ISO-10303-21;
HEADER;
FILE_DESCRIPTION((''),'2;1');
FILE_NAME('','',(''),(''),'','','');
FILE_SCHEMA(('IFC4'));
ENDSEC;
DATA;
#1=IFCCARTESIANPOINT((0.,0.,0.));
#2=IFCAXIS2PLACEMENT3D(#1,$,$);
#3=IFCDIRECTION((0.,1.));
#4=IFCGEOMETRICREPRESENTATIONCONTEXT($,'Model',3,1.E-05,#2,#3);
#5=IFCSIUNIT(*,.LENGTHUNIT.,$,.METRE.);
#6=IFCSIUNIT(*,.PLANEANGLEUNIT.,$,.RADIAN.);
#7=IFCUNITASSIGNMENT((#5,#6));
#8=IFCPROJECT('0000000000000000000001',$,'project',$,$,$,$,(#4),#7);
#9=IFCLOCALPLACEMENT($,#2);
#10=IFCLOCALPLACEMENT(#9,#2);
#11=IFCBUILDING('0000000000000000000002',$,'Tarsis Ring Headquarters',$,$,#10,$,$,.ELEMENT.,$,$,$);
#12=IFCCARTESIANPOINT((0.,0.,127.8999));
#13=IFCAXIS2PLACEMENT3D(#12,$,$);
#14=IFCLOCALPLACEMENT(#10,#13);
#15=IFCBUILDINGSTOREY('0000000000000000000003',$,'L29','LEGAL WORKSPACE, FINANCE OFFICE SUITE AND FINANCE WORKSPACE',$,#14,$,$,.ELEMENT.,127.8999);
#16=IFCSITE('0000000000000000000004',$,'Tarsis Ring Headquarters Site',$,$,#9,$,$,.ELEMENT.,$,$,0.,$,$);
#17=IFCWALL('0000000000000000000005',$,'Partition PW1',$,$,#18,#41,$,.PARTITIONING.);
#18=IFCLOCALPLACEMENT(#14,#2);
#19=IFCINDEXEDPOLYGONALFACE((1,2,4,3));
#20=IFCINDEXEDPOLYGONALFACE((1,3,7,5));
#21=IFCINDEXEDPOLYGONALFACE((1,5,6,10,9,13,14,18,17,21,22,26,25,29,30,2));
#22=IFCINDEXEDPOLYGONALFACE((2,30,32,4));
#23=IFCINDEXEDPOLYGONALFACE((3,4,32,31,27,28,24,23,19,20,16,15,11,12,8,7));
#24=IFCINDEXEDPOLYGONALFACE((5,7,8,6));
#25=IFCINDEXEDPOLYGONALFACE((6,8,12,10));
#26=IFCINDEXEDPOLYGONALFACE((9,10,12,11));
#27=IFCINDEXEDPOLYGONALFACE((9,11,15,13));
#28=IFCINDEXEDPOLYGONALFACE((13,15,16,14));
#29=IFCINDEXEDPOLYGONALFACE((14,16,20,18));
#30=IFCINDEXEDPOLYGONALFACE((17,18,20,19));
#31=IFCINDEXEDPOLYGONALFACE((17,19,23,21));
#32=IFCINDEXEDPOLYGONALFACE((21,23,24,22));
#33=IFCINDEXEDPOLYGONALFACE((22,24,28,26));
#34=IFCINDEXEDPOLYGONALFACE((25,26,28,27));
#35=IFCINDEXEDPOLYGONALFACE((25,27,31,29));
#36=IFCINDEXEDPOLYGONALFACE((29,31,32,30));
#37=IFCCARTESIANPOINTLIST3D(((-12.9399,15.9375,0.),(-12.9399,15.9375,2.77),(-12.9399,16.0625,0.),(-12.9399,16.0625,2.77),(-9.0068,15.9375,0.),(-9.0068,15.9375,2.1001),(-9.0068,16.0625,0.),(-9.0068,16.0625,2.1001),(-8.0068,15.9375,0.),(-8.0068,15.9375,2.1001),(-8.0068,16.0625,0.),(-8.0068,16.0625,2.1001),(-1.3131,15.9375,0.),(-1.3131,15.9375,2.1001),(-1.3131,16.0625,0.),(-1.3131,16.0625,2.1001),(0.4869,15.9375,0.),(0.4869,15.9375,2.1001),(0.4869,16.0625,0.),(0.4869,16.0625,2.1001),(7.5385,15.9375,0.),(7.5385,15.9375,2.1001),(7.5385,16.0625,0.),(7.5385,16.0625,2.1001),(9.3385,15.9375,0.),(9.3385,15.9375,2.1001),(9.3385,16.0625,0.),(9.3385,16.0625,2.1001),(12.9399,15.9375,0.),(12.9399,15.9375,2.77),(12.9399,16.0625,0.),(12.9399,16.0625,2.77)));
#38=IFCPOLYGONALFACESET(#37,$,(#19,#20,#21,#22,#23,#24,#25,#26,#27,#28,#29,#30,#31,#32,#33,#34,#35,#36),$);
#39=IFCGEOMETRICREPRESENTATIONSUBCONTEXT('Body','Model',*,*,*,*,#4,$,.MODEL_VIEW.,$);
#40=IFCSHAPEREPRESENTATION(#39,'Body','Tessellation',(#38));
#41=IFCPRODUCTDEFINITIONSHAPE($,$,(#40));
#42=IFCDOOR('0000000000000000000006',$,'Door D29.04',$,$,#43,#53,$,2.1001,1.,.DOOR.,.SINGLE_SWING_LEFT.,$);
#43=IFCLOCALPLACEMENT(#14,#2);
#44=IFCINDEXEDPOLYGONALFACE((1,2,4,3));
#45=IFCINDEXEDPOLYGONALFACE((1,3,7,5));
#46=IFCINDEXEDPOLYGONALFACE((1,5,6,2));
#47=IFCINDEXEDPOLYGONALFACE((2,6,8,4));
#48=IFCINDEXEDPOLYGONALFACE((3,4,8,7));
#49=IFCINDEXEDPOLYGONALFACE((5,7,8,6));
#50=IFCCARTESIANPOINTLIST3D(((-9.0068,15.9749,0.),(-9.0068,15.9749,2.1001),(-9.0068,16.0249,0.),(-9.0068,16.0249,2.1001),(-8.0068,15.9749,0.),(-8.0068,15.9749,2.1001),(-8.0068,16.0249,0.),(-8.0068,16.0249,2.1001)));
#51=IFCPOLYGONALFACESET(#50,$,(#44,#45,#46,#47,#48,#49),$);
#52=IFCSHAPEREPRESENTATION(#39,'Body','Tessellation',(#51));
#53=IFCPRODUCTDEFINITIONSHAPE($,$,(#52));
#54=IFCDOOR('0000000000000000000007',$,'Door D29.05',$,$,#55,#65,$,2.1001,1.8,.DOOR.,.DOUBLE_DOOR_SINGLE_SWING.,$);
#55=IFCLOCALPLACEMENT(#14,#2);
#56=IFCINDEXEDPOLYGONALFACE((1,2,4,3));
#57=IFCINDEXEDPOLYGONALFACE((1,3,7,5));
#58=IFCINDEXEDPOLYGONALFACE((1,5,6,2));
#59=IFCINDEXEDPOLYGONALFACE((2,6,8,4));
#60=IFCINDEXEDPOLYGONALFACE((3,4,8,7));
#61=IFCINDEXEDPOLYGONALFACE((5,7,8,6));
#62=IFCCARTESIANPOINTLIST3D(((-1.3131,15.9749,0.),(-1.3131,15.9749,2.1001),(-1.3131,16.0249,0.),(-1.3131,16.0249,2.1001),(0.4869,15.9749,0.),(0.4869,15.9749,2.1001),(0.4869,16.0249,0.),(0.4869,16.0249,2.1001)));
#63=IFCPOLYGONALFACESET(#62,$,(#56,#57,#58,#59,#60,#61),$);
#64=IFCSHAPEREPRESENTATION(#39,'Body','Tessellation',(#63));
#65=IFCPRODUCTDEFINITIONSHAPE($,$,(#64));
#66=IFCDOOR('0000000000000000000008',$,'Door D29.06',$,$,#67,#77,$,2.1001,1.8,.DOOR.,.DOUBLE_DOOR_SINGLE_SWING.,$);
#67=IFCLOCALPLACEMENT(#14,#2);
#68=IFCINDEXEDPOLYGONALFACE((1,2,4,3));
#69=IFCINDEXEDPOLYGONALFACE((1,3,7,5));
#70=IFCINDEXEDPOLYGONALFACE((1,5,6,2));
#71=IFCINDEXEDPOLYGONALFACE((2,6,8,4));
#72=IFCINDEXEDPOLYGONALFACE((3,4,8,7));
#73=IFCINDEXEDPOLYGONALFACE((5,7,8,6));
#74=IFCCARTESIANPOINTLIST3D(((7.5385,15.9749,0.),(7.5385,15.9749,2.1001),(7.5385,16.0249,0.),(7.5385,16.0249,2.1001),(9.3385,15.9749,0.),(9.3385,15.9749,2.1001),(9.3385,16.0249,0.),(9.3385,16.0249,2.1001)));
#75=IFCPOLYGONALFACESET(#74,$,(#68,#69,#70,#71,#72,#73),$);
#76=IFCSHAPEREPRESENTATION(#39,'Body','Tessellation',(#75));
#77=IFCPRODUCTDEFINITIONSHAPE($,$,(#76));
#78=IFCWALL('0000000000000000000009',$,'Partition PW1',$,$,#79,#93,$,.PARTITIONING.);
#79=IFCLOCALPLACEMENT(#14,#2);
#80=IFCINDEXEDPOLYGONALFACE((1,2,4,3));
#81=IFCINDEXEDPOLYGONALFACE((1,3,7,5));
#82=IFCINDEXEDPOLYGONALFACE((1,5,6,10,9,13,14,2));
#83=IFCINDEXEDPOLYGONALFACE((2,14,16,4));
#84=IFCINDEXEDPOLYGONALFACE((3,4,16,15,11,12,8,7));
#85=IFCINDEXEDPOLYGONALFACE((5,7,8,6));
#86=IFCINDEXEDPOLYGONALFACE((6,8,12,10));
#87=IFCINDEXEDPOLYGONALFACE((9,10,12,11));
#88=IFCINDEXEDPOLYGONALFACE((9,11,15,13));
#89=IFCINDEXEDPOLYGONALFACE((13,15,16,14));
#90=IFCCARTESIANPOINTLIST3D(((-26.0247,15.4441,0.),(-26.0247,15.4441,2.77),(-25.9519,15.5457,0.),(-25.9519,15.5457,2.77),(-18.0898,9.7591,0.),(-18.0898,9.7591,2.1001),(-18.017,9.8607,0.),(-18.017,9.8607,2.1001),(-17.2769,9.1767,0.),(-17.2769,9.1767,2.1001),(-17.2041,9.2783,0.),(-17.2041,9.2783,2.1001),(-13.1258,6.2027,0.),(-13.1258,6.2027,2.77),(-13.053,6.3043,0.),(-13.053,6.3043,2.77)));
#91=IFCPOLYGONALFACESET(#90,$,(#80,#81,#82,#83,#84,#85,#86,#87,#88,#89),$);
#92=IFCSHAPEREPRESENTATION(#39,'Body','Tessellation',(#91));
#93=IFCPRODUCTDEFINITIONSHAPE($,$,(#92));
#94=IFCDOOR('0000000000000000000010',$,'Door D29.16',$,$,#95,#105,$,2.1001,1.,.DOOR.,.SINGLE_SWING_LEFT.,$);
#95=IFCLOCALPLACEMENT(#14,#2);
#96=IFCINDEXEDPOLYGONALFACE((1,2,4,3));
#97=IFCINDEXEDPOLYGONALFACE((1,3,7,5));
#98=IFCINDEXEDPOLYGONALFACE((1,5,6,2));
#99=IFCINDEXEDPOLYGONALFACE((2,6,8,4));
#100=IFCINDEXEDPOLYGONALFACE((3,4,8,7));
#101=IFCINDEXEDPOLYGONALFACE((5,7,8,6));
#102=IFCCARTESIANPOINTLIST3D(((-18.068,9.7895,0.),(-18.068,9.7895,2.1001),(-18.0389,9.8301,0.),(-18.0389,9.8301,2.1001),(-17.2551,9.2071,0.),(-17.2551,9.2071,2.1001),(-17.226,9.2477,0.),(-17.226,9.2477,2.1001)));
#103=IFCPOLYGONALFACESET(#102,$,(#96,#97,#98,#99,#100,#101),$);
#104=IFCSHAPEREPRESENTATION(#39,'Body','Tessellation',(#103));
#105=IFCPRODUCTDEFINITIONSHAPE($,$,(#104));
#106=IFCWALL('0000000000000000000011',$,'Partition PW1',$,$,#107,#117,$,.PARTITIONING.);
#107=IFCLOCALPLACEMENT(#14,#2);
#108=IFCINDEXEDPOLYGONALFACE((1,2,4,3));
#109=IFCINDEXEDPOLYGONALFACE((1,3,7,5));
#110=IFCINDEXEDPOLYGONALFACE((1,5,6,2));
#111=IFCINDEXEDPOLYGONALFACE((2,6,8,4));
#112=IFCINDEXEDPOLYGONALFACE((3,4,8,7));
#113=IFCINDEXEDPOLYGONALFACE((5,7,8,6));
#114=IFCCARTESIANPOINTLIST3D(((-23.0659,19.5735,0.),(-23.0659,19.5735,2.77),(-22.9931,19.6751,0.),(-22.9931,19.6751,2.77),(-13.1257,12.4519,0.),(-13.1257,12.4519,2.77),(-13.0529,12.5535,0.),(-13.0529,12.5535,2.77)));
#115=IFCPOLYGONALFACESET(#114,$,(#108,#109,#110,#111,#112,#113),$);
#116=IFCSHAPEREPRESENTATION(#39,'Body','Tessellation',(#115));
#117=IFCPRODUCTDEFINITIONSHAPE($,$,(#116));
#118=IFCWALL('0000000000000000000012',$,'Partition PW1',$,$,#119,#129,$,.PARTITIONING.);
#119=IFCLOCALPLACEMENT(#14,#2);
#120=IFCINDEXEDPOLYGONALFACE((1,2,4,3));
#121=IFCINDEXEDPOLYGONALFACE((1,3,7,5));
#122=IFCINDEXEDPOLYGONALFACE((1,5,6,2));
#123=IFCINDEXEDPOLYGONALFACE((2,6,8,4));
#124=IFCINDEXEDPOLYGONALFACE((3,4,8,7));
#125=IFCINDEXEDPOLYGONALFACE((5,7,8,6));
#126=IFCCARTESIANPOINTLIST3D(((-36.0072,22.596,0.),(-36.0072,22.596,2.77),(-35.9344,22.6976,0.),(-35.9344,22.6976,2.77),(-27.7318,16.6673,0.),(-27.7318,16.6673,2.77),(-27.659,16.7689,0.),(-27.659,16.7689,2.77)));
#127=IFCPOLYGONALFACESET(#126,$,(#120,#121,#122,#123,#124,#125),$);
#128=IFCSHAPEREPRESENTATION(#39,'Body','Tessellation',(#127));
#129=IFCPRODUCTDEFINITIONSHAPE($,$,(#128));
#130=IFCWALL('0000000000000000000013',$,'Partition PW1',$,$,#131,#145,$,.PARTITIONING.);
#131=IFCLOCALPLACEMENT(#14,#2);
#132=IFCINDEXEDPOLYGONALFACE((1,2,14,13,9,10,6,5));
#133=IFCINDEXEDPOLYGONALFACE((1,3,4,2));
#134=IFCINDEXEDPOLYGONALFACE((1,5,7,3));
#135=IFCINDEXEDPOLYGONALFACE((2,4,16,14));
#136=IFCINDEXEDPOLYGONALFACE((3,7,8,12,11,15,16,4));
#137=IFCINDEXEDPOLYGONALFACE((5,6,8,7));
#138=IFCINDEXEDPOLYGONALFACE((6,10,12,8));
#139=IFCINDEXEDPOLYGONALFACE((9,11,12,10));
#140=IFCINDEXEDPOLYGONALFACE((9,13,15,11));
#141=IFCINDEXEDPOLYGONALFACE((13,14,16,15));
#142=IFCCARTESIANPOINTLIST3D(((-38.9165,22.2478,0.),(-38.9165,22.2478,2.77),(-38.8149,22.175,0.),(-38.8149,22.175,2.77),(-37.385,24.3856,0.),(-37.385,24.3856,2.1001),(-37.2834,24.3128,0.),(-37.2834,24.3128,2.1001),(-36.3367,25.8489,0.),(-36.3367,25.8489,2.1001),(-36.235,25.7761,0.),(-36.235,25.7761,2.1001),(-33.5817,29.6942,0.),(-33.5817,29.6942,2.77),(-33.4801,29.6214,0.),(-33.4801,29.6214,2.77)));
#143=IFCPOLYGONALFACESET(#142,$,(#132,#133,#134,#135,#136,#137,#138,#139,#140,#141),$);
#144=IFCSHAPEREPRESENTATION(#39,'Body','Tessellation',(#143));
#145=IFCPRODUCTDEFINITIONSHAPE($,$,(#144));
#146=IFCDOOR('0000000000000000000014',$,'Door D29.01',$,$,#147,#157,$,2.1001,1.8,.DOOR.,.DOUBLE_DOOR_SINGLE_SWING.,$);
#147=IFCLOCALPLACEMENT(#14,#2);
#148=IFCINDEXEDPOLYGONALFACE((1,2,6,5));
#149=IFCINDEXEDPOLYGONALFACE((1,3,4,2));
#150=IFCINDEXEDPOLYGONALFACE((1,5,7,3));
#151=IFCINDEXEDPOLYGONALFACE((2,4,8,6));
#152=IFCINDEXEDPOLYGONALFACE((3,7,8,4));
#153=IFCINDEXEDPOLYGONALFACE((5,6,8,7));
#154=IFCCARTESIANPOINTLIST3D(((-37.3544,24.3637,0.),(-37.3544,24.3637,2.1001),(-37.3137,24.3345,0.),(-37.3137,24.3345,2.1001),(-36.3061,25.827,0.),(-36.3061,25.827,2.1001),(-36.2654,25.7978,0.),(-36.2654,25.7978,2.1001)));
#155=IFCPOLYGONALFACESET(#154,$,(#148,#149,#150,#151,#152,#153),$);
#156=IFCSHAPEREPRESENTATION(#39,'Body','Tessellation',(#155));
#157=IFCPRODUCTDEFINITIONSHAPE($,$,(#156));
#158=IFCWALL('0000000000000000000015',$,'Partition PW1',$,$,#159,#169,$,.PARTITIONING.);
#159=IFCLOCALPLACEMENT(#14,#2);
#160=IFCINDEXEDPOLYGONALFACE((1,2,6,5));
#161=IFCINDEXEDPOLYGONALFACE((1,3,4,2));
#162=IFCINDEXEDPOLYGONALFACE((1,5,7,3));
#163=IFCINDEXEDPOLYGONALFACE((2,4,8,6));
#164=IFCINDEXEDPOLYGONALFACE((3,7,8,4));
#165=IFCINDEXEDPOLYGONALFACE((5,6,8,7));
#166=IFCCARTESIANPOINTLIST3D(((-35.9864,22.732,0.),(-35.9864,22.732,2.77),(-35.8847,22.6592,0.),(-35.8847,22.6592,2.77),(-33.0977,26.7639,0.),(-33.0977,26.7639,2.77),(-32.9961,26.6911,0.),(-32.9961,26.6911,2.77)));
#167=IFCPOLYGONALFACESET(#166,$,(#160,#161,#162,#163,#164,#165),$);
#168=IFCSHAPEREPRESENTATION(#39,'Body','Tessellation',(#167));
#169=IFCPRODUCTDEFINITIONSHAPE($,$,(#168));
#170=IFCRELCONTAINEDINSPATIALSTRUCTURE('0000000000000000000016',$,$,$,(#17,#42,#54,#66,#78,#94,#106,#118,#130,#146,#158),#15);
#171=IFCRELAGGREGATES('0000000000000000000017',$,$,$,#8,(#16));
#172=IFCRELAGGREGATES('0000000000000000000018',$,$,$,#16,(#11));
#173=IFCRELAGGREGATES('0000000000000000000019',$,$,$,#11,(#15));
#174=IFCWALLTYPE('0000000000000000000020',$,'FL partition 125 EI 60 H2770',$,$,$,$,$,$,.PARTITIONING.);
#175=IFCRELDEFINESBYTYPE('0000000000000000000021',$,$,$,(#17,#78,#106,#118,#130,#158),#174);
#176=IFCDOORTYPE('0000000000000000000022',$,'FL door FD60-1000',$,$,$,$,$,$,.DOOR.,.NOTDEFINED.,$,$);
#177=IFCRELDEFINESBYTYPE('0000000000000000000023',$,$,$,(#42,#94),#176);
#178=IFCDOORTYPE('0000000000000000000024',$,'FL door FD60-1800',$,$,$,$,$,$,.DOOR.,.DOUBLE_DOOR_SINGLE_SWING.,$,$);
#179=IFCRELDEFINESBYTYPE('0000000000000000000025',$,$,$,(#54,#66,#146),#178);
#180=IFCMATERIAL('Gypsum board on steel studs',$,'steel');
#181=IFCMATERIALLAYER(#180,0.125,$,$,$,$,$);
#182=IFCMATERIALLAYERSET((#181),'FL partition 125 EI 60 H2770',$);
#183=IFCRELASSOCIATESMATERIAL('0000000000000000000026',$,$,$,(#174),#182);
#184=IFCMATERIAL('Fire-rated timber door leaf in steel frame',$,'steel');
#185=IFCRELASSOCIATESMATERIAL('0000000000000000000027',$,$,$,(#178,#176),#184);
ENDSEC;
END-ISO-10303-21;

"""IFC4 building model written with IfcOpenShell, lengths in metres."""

from ifc_helpers import new_model, si_unit, direction, frame, frame_2d, origin, place, context, subcontext, project, spatial, rectangle, extrude, material, layer, layer_set, type_object, element, fill, save


model = new_model("IFC4")

# Units and contexts
model_context = context("Model", 3, precision=1e-05, world=origin(), true_north=direction((0.0, 1.0)))
body_context = subcontext(model_context, "Body", "Model", "MODEL_VIEW")
ifc_project = project(units=[si_unit("LENGTHUNIT", "METRE"), si_unit("PLANEANGLEUNIT", "RADIAN")], contexts=[model_context])

# Site, building, storey
site_placement = place(None, origin())
site = spatial("IfcSite", under=ifc_project, at=site_placement, Name="Tarsis Ring Headquarters Site", CompositionType="ELEMENT", RefElevation=0.0)
building_placement = place(site_placement, origin())
building = spatial("IfcBuilding", under=site, at=building_placement, Name="Tarsis Ring Headquarters", CompositionType="ELEMENT")
storey_placement = place(building_placement, frame((0.0, 0.0, 127.8999)))
storey = spatial("IfcBuildingStorey", under=building, at=storey_placement, Name="L29", Description="LEGAL WORKSPACE, FINANCE OFFICE SUITE AND FINANCE WORKSPACE", CompositionType="ELEMENT", Elevation=127.8999)

# Shared definitions
ifc_material_1 = material(Name="Gypsum board on steel studs", Category="steel")

# Shared definitions
ifc_layer_1 = layer(ifc_material_1, 0.125)
ifc_layer_set_1 = layer_set([ifc_layer_1], Name="FL partition 125 EI 60 H2770")
wall_type_1 = type_object("IfcWallType", Name="FL partition 125 EI 60 H2770", PredefinedType="PARTITIONING", material=ifc_layer_set_1)
ifc_material_2 = material(Name="Fire-rated timber door leaf in steel frame", Category="steel")
door_type_1 = type_object("IfcDoorType", Name="FL door FD60-1800", OperationType="DOUBLE_DOOR_SINGLE_SWING", PredefinedType="DOOR", material=ifc_material_2)

# Wall, openings, doors
wall_1_placement = place(storey_placement, frame((-12.9399, 16.0, 0.0), z_axis=(0.0, 0.0, 1.0), x_axis=(1.0, 0.0, 0.0)))
wall_1 = element("IfcWall", 1, at=wall_1_placement, inside=storey, type_object=wall_type_1, Name="Partition PW1", PredefinedType="PARTITIONING", context=body_context, shape_type="SweptSolid", body=[
    extrude(rectangle(XDim=25.8799, YDim=0.125, at=frame_2d((12.9399, 0.0))), origin(), (0.0, 0.0, 1.0), 2.77),
])
opening_1_placement = place(wall_1_placement, frame((3.9331, 0.0, 0.0)))
opening_1 = element("IfcOpeningElement", 2, at=opening_1_placement, cuts=wall_1, PredefinedType="OPENING", context=body_context, shape_type="SweptSolid", body=[
    extrude(rectangle(XDim=1.0, YDim=2.1001, at=frame_2d((0.5, 1.05))), frame((0.0, 0.0725, 0.0), z_axis=(0.0, -1.0, 0.0), x_axis=(1.0, 0.0, 0.0)), (0.0, 0.0, 1.0), 0.145),
])
opening_2_placement = place(wall_1_placement, frame((11.627, 0.0, 0.0)))
opening_2 = element("IfcOpeningElement", 3, at=opening_2_placement, cuts=wall_1, PredefinedType="OPENING", context=body_context, shape_type="SweptSolid", body=[
    extrude(rectangle(XDim=1.8, YDim=2.1001, at=frame_2d((0.8999, 1.05))), frame((0.0, 0.0725, 0.0), z_axis=(0.0, -1.0, 0.0), x_axis=(1.0, 0.0, 0.0)), (0.0, 0.0, 1.0), 0.145),
])
opening_3_placement = place(wall_1_placement, frame((20.4785, 0.0, 0.0)))
opening_3 = element("IfcOpeningElement", 4, at=opening_3_placement, cuts=wall_1, PredefinedType="OPENING", context=body_context, shape_type="SweptSolid", body=[
    extrude(rectangle(XDim=1.8, YDim=2.1001, at=frame_2d((0.8999, 1.05))), frame((0.0, 0.0725, 0.0), z_axis=(0.0, -1.0, 0.0), x_axis=(1.0, 0.0, 0.0)), (0.0, 0.0, 1.0), 0.145),
])
door_type_2 = type_object("IfcDoorType", Name="FL door FD60-1000", OperationType="NOTDEFINED", PredefinedType="DOOR", material=ifc_material_2)
door_1_placement = place(opening_1_placement, origin())
door_1 = element("IfcDoor", 5, at=door_1_placement, inside=storey, type_object=door_type_2, Name="Door D29.04", OperationType="SINGLE_SWING_LEFT", OverallHeight=2.1001, OverallWidth=1.0, PredefinedType="DOOR", context=body_context, shape_type="SweptSolid", body=[
    extrude(rectangle(XDim=1.0, YDim=2.1001, at=frame_2d((0.5, 1.05))), frame((0.0, 0.0249, 0.0), z_axis=(0.0, -1.0, 0.0), x_axis=(1.0, 0.0, 0.0)), (0.0, 0.0, 1.0), 0.05),
])
fill(opening_1, door_1)
door_2_placement = place(opening_2_placement, origin())
door_2 = element("IfcDoor", 6, at=door_2_placement, inside=storey, type_object=door_type_1, Name="Door D29.05", OperationType="DOUBLE_DOOR_SINGLE_SWING", OverallHeight=2.1001, OverallWidth=1.8, PredefinedType="DOOR", context=body_context, shape_type="SweptSolid", body=[
    extrude(rectangle(XDim=1.8, YDim=2.1001, at=frame_2d((0.8999, 1.05))), frame((0.0, 0.0249, 0.0), z_axis=(0.0, -1.0, 0.0), x_axis=(1.0, 0.0, 0.0)), (0.0, 0.0, 1.0), 0.05),
])
fill(opening_2, door_2)
door_3_placement = place(opening_3_placement, origin())
door_3 = element("IfcDoor", 7, at=door_3_placement, inside=storey, type_object=door_type_1, Name="Door D29.06", OperationType="DOUBLE_DOOR_SINGLE_SWING", OverallHeight=2.1001, OverallWidth=1.8, PredefinedType="DOOR", context=body_context, shape_type="SweptSolid", body=[
    extrude(rectangle(XDim=1.8, YDim=2.1001, at=frame_2d((0.8999, 1.05))), frame((0.0, 0.0249, 0.0), z_axis=(0.0, -1.0, 0.0), x_axis=(1.0, 0.0, 0.0)), (0.0, 0.0, 1.0), 0.05),
])
fill(opening_3, door_3)

# Wall, opening, door
wall_2_placement = place(storey_placement, frame((-25.9883, 15.4949, 0.0), z_axis=(0.0, 0.0, 1.0), x_axis=(0.8129, -0.582403, 0.0)))
wall_2 = element("IfcWall", 8, at=wall_2_placement, inside=storey, type_object=wall_type_1, Name="Partition PW1", PredefinedType="PARTITIONING", context=body_context, shape_type="SweptSolid", body=[
    extrude(rectangle(XDim=15.8677, YDim=0.125, at=frame_2d((7.9338, 0.0))), origin(), (0.0, 0.0, 1.0), 2.77),
])
opening_4_placement = place(wall_2_placement, frame((9.7612, 0.0, 0.0)))
opening_4 = element("IfcOpeningElement", 9, at=opening_4_placement, cuts=wall_2, PredefinedType="OPENING", context=body_context, shape_type="SweptSolid", body=[
    extrude(rectangle(XDim=1.0, YDim=2.1001, at=frame_2d((0.5, 1.05))), frame((0.0, 0.0725, 0.0), z_axis=(0.0, -1.0, 0.0), x_axis=(1.0, 0.0, 0.0)), (0.0, 0.0, 1.0), 0.145),
])
door_4_placement = place(opening_4_placement, origin())
door_4 = element("IfcDoor", 10, at=door_4_placement, inside=storey, type_object=door_type_2, Name="Door D29.16", OperationType="SINGLE_SWING_LEFT", OverallHeight=2.1001, OverallWidth=1.0, PredefinedType="DOOR", context=body_context, shape_type="SweptSolid", body=[
    extrude(rectangle(XDim=1.0, YDim=2.1001, at=frame_2d((0.5, 1.05))), frame((0.0, 0.0249, 0.0), z_axis=(0.0, -1.0, 0.0), x_axis=(1.0, 0.0, 0.0)), (0.0, 0.0, 1.0), 0.05),
])
fill(opening_4, door_4)

# Walls
wall_3_placement = place(storey_placement, frame((-23.0295, 19.6243, 0.0), z_axis=(0.0, 0.0, 1.0), x_axis=(0.812903, -0.582399, 0.0)))
element("IfcWall", 11, at=wall_3_placement, inside=storey, type_object=wall_type_1, Name="Partition PW1", PredefinedType="PARTITIONING", context=body_context, shape_type="SweptSolid", body=[
    extrude(rectangle(XDim=12.228, YDim=0.125, at=frame_2d((6.114, 0.0))), origin(), (0.0, 0.0, 1.0), 2.77),
])
wall_4_placement = place(storey_placement, frame((-35.9707, 22.6467, 0.0), z_axis=(0.0, 0.0, 1.0), x_axis=(0.812909, -0.58239, 0.0)))
element("IfcWall", 12, at=wall_4_placement, inside=storey, type_object=wall_type_1, Name="Partition PW1", PredefinedType="PARTITIONING", context=body_context, shape_type="SweptSolid", body=[
    extrude(rectangle(XDim=10.1799, YDim=0.125, at=frame_2d((5.0898, 0.0))), origin(), (0.0, 0.0, 1.0), 2.77),
])

# Wall, opening, door
wall_5_placement = place(storey_placement, frame((-38.8657, 22.2114, 0.0), z_axis=(0.0, 0.0, 1.0), x_axis=(0.58239, 0.81291, 0.0)))
wall_5 = element("IfcWall", 13, at=wall_5_placement, inside=storey, type_object=wall_type_1, Name="Partition PW1", PredefinedType="PARTITIONING", context=body_context, shape_type="SweptSolid", body=[
    extrude(rectangle(XDim=9.1602, YDim=0.125, at=frame_2d((4.5801, 0.0))), origin(), (0.0, 0.0, 1.0), 2.77),
])
opening_5_placement = place(wall_5_placement, frame((2.6299, 0.0, 0.0)))
opening_5 = element("IfcOpeningElement", 14, at=opening_5_placement, cuts=wall_5, PredefinedType="OPENING", context=body_context, shape_type="SweptSolid", body=[
    extrude(rectangle(XDim=1.8, YDim=2.1001, at=frame_2d((0.8999, 1.05))), frame((0.0, 0.0725, 0.0), z_axis=(0.0, -1.0, 0.0), x_axis=(1.0, 0.0, 0.0)), (0.0, 0.0, 1.0), 0.145),
])
door_5_placement = place(opening_5_placement, origin())
door_5 = element("IfcDoor", 15, at=door_5_placement, inside=storey, type_object=door_type_1, Name="Door D29.01", OperationType="DOUBLE_DOOR_SINGLE_SWING", OverallHeight=2.1001, OverallWidth=1.8, PredefinedType="DOOR", context=body_context, shape_type="SweptSolid", body=[
    extrude(rectangle(XDim=1.8, YDim=2.1001, at=frame_2d((0.8999, 1.05))), frame((0.0, 0.0249, 0.0), z_axis=(0.0, -1.0, 0.0), x_axis=(1.0, 0.0, 0.0)), (0.0, 0.0, 1.0), 0.05),
])
fill(opening_5, door_5)

# Wall
wall_6_placement = place(storey_placement, frame((-35.9355, 22.6956, 0.0), z_axis=(0.0, 0.0, 1.0), x_axis=(0.582397, 0.812905, 0.0)))
element("IfcWall", 16, at=wall_6_placement, inside=storey, type_object=wall_type_1, Name="Partition PW1", PredefinedType="PARTITIONING", context=body_context, shape_type="SweptSolid", body=[
    extrude(rectangle(XDim=4.96, YDim=0.125, at=frame_2d((2.48, 0.0))), origin(), (0.0, 0.0, 1.0), 2.77),
])

save(model, "model.ifc")
